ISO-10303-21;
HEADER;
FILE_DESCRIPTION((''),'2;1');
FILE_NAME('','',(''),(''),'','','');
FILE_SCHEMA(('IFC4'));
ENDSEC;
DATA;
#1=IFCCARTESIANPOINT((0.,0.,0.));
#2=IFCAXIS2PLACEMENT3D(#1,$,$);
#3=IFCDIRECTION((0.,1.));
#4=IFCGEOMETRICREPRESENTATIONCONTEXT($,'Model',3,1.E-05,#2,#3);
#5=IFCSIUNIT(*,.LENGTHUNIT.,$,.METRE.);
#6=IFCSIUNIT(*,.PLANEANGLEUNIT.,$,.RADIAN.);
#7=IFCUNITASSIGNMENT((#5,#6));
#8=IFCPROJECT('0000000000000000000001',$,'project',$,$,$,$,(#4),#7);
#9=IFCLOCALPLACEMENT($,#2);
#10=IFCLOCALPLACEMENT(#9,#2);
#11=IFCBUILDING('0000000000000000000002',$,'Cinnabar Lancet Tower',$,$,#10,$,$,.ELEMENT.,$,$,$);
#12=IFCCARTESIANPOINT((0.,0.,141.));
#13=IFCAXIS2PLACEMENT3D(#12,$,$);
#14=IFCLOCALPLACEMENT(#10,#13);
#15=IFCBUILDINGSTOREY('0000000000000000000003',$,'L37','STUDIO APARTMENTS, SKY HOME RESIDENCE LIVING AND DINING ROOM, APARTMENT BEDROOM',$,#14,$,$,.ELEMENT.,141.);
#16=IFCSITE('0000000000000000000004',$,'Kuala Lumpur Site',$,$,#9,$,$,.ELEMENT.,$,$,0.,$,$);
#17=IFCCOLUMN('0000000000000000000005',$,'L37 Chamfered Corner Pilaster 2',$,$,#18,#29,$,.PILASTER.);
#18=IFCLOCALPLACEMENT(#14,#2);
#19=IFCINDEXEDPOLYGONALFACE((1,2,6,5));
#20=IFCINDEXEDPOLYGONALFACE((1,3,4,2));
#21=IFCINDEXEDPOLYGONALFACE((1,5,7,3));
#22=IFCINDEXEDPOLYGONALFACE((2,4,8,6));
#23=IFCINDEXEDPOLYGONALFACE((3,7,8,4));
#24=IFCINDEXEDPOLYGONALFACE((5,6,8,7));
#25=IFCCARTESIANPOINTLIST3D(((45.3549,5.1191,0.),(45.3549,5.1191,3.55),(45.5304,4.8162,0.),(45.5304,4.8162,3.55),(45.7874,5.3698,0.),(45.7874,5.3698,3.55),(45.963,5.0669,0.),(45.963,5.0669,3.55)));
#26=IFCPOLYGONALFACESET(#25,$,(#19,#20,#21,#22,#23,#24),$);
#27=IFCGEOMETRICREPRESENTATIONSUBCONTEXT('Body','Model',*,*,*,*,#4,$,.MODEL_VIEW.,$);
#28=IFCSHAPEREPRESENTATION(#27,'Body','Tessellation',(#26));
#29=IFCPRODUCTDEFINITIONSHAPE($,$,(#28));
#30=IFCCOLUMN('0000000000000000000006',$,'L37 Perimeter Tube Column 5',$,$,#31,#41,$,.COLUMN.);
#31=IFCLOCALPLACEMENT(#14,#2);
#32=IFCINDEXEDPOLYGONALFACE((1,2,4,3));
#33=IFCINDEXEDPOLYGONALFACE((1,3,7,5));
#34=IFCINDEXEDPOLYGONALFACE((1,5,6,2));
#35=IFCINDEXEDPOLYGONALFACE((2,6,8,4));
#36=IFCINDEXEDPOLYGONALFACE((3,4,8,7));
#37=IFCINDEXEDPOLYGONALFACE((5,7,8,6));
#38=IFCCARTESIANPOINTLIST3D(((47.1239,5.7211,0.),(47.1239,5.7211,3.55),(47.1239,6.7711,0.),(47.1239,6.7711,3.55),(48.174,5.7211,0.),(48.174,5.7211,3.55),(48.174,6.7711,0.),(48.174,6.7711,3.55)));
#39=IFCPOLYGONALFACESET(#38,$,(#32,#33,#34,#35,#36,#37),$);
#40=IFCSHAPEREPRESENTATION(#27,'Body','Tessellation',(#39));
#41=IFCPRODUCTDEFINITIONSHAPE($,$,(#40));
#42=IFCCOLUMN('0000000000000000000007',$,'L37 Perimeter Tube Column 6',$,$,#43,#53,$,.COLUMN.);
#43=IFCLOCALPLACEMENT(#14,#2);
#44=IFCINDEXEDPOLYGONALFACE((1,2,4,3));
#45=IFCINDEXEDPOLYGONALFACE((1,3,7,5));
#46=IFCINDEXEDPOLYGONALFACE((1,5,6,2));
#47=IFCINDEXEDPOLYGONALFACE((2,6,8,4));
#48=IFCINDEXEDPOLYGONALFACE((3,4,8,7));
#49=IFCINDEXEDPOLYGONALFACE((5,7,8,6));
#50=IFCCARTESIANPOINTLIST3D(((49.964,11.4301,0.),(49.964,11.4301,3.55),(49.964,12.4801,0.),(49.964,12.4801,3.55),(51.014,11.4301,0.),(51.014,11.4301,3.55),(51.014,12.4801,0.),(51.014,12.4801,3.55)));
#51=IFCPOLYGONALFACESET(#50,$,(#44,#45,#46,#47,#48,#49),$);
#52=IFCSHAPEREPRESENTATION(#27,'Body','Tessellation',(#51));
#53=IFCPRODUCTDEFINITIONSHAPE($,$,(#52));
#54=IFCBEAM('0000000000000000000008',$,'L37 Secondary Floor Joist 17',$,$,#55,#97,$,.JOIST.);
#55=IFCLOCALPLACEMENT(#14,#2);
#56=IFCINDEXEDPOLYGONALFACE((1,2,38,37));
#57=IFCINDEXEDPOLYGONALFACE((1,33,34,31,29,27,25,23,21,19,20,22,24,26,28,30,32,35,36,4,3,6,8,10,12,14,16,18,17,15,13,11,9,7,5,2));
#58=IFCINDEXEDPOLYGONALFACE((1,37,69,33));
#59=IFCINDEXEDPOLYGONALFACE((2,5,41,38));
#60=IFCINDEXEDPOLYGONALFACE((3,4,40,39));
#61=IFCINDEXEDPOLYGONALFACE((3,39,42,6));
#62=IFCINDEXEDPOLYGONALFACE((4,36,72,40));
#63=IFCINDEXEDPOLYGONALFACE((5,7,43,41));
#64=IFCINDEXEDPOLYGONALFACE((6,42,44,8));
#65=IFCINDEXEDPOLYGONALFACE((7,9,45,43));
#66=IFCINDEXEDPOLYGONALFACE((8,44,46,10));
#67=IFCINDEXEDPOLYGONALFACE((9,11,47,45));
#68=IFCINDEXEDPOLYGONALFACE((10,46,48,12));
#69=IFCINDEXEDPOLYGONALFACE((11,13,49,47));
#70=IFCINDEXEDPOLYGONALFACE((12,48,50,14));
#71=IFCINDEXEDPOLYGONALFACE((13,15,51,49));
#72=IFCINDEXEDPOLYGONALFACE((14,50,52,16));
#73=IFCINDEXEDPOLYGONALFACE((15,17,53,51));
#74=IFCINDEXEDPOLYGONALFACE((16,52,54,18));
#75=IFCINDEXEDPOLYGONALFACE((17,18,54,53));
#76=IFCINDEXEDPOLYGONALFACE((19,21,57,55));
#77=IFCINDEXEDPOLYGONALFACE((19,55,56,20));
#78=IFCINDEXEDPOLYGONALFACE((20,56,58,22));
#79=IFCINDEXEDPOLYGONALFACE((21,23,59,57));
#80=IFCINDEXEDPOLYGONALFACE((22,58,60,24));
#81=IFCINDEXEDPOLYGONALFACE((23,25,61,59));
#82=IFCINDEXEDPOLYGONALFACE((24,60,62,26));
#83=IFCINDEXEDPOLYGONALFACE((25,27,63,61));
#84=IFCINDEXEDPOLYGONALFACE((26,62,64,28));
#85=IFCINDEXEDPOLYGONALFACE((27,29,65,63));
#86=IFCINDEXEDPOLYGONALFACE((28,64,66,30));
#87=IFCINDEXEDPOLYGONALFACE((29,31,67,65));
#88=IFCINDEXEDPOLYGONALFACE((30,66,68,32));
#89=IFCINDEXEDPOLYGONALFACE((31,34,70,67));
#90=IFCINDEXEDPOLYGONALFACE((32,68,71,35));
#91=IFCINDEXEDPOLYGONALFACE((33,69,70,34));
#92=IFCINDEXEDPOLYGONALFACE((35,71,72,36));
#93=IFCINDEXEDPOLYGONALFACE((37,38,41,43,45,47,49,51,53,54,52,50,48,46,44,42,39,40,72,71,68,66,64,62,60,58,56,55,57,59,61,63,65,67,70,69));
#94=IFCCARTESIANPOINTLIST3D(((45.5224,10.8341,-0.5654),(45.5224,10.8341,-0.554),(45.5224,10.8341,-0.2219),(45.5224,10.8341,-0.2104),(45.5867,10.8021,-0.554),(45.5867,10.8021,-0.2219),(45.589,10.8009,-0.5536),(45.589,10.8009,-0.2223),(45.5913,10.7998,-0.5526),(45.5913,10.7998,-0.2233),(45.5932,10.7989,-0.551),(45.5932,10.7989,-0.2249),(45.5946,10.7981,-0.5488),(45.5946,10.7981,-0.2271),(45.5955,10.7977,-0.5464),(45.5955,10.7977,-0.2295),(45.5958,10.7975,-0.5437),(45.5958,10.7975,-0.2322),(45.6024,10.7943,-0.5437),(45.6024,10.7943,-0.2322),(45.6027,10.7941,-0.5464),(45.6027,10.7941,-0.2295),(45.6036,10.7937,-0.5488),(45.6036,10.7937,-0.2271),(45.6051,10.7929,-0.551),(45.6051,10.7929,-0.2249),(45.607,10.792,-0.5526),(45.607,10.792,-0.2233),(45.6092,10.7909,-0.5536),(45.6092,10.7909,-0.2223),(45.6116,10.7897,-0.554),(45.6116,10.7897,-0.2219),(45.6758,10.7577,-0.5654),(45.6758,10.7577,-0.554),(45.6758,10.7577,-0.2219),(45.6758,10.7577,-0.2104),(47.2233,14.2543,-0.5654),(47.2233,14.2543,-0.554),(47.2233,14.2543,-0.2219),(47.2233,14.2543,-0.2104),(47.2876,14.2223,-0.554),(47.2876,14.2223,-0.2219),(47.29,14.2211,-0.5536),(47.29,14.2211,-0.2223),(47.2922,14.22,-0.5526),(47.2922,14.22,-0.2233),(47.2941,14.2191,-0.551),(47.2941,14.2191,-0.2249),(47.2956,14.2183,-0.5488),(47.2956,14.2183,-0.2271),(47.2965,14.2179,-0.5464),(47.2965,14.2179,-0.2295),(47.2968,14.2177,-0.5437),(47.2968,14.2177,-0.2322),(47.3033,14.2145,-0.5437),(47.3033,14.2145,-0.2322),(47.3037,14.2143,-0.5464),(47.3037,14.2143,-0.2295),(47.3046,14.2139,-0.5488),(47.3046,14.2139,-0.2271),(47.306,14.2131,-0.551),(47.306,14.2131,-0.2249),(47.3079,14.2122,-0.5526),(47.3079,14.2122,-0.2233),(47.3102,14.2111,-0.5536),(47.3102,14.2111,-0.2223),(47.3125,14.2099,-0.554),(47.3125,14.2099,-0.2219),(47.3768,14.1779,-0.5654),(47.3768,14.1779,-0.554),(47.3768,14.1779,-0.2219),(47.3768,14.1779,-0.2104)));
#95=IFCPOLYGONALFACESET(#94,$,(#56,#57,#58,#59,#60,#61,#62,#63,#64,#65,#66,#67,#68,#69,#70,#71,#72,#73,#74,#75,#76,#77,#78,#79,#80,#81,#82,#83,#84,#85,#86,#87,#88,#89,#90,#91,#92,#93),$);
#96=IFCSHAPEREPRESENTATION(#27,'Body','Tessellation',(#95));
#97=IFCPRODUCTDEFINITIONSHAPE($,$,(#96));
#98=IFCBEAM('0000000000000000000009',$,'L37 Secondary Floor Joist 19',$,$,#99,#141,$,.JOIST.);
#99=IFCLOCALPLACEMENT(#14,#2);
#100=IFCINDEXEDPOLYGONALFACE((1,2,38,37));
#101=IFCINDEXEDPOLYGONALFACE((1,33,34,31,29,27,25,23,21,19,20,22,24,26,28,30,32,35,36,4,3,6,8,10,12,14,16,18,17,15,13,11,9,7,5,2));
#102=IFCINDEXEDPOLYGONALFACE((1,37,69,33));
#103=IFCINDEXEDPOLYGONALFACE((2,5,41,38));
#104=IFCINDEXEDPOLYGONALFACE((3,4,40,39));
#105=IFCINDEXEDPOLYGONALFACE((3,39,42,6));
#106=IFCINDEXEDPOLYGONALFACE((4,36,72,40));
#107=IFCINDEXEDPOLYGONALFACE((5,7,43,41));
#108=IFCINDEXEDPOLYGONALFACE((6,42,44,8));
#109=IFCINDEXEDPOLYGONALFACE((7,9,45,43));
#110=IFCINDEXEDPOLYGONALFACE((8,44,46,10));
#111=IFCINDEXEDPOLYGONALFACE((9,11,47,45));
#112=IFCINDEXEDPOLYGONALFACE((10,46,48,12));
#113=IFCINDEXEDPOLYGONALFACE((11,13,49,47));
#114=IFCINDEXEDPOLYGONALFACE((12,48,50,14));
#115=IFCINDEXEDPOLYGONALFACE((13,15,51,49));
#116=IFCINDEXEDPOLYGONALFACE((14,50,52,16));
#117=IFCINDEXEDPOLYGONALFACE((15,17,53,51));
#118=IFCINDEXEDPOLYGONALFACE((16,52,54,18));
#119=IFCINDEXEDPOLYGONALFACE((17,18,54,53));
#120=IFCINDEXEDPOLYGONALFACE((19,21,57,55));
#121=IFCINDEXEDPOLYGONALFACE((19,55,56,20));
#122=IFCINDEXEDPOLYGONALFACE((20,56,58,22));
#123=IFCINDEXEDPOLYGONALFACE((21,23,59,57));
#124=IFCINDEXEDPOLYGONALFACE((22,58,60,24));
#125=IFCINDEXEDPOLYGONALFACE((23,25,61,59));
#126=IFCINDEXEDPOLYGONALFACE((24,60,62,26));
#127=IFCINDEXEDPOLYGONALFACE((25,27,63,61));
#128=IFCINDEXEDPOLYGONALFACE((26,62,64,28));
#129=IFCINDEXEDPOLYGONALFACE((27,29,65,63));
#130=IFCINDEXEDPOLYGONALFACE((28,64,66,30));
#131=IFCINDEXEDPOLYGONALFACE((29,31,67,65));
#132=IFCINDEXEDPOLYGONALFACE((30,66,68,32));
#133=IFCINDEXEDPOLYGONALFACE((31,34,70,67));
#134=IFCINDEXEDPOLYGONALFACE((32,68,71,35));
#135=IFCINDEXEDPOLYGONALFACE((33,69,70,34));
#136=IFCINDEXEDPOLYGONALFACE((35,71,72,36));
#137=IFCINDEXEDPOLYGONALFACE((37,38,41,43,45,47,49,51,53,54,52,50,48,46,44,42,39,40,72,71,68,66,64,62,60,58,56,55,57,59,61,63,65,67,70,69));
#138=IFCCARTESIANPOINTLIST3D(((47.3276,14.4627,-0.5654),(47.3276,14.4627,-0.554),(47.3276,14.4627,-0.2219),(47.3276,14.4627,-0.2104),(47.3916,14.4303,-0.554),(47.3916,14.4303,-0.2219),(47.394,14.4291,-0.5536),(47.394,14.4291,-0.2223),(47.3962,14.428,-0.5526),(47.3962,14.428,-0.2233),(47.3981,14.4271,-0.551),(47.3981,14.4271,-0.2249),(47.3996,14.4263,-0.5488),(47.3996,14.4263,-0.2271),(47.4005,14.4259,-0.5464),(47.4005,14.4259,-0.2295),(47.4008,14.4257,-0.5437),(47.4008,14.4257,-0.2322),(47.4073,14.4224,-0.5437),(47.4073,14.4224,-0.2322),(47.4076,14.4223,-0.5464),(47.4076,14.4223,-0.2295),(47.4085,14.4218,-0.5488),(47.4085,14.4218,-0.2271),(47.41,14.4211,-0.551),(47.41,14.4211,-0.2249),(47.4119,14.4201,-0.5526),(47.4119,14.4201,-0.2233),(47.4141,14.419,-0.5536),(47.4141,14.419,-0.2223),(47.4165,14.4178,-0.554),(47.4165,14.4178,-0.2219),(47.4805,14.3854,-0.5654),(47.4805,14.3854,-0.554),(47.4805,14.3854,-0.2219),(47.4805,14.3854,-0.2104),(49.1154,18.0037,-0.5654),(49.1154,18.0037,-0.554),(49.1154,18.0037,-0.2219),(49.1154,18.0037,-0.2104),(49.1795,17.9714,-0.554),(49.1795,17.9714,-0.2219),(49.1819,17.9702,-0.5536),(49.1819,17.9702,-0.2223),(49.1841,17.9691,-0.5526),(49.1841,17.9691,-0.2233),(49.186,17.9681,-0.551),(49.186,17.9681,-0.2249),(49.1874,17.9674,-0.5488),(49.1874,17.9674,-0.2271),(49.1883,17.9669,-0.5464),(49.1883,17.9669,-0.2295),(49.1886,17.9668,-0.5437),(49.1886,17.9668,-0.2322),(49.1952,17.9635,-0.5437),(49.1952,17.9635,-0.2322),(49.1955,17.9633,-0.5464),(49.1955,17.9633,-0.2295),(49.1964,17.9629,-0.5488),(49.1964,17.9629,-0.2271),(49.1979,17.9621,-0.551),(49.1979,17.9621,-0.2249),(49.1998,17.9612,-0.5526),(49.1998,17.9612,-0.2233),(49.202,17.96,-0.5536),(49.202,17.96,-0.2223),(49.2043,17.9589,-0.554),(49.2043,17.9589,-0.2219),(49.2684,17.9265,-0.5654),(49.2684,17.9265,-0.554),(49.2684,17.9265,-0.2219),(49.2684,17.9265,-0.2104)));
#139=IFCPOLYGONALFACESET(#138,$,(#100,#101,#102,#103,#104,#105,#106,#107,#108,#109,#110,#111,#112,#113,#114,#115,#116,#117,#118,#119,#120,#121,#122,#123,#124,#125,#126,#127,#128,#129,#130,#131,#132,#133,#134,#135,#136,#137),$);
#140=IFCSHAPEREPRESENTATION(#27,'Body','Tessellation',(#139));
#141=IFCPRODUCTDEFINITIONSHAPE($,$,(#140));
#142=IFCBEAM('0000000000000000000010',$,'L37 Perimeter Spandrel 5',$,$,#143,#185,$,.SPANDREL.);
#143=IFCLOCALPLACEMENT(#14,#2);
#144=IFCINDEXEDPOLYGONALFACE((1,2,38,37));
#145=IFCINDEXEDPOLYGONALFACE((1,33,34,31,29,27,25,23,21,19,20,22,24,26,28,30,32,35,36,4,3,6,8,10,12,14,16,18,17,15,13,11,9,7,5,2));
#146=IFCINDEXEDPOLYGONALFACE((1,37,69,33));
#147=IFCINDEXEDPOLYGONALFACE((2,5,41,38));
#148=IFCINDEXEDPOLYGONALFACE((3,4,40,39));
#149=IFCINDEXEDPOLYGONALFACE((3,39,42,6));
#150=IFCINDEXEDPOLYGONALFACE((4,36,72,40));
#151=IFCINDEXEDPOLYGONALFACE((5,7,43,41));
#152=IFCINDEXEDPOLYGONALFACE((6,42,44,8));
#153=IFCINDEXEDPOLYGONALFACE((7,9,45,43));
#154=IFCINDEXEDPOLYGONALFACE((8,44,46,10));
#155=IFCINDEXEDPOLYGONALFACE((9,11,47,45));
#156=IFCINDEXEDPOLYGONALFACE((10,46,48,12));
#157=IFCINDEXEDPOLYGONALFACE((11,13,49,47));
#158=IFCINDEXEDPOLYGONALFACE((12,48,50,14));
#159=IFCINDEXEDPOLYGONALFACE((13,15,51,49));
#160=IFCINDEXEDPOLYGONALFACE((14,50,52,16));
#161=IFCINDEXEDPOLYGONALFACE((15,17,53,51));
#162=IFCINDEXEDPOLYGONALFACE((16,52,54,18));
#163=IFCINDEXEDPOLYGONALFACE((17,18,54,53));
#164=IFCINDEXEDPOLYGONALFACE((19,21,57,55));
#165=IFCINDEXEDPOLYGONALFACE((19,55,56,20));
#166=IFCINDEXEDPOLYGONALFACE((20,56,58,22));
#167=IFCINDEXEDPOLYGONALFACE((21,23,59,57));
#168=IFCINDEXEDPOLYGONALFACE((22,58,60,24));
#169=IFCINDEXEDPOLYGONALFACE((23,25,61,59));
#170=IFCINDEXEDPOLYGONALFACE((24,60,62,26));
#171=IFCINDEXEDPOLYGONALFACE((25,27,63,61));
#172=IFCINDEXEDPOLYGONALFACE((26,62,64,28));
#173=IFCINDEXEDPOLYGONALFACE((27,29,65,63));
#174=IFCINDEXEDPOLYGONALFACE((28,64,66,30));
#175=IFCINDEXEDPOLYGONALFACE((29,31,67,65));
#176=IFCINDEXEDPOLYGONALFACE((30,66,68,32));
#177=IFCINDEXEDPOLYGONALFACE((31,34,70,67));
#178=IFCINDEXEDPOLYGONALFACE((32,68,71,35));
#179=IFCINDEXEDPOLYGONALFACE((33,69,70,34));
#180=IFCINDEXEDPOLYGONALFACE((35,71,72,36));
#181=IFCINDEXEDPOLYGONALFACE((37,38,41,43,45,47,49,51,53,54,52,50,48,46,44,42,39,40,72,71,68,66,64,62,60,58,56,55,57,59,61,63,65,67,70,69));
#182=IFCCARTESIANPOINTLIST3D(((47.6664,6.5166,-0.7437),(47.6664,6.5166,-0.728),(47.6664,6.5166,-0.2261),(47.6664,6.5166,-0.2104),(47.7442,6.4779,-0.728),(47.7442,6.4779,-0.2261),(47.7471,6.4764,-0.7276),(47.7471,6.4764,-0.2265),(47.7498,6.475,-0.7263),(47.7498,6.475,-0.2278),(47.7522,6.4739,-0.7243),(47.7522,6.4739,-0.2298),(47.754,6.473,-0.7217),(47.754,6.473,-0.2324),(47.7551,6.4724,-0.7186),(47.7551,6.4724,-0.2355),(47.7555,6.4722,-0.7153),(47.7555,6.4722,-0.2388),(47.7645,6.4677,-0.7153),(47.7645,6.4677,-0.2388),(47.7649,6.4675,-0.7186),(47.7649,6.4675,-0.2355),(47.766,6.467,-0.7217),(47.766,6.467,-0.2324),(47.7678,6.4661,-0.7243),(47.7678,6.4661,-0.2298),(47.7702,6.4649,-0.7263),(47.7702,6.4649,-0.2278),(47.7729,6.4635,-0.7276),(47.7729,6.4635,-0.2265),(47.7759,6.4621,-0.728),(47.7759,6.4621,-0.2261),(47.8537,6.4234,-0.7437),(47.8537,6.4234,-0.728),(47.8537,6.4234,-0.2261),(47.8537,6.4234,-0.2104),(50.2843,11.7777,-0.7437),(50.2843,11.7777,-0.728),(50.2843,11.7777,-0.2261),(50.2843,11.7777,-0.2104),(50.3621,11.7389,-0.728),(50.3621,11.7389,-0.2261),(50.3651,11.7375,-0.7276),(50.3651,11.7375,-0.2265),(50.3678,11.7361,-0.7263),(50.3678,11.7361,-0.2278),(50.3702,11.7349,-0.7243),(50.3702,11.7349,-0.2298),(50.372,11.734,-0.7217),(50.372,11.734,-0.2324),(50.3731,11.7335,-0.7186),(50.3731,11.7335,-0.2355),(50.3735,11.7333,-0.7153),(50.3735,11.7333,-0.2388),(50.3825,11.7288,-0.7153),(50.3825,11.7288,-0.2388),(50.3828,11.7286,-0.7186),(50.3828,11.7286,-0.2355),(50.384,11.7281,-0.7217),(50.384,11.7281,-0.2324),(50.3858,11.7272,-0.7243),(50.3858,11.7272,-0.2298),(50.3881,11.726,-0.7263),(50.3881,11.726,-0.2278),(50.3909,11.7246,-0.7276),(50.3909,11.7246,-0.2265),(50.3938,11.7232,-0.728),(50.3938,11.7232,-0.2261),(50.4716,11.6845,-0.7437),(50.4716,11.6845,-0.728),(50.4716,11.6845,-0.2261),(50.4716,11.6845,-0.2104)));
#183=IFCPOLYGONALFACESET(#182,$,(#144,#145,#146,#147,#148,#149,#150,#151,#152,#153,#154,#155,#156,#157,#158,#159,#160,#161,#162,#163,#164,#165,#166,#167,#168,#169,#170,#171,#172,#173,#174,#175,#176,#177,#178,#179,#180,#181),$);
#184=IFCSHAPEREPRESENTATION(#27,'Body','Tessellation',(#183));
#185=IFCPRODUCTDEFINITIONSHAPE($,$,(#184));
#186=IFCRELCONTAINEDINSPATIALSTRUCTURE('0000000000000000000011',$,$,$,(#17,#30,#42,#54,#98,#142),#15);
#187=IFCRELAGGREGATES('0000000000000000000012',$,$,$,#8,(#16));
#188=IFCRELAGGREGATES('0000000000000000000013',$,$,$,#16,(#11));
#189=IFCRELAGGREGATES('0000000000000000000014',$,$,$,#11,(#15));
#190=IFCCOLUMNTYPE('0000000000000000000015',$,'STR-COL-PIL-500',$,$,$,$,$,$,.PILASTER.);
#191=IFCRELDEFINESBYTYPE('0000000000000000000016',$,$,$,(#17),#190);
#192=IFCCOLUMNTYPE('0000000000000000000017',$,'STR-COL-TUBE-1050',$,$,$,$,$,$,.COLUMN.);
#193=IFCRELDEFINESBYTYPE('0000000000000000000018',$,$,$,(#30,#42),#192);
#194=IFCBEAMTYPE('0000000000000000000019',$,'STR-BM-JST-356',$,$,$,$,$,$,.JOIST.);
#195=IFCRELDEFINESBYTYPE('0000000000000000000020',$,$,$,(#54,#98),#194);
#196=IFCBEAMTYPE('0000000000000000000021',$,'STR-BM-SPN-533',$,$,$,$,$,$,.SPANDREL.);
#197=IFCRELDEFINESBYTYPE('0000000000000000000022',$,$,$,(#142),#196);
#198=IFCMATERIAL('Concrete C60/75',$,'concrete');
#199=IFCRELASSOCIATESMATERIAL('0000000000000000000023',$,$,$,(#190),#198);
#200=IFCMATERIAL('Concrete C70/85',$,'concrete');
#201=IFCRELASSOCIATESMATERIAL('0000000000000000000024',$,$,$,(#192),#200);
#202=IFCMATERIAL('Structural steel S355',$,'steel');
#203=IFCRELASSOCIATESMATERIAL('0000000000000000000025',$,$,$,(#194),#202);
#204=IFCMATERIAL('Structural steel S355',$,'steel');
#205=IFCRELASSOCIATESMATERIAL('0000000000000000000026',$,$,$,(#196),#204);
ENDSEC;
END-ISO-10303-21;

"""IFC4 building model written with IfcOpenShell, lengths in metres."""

from ifc_helpers import new_model, si_unit, direction, frame, origin, origin_2d, place, context, subcontext, project, spatial, rectangle, i_section, extrude, material, material_profile, profile_set, type_object, element, save


model = new_model("IFC4")

# Units and contexts
model_context = context("Model", 3, precision=1e-05, world=origin(), true_north=direction((0.0, 1.0)))
body_context = subcontext(model_context, "Body", "Model", "MODEL_VIEW")
ifc_project = project(units=[si_unit("LENGTHUNIT", "METRE"), si_unit("PLANEANGLEUNIT", "RADIAN")], contexts=[model_context])

# Site, building, storey
site_placement = place(None, origin())
site = spatial("IfcSite", under=ifc_project, at=site_placement, Name="Kuala Lumpur Site", CompositionType="ELEMENT", RefElevation=0.0)
building_placement = place(site_placement, origin())
building = spatial("IfcBuilding", under=site, at=building_placement, Name="Cinnabar Lancet Tower", CompositionType="ELEMENT")
storey_placement = place(building_placement, frame((0.0, 0.0, 141.0)))
storey = spatial("IfcBuildingStorey", under=building, at=storey_placement, Name="L37", Description="STUDIO APARTMENTS, SKY HOME RESIDENCE LIVING AND DINING ROOM, APARTMENT BEDROOM", CompositionType="ELEMENT", Elevation=141.0)

# Columns
ifc_material_1 = material(Name="Concrete C60/75", Category="concrete")
ifc_material_profile_1 = material_profile(ifc_material_1, rectangle(XDim=0.5, YDim=0.3501, at=origin_2d()), Name="RC-PIL 500x350")
ifc_profile_set_1 = profile_set([ifc_material_profile_1], Name="Concrete C60/75")
column_type_1 = type_object("IfcColumnType", Name="STR-COL-PIL-500", PredefinedType="PILASTER", material=ifc_profile_set_1)
column_placement = place(storey_placement, frame((45.6589, 5.093, 0.0), z_axis=(0.0, 0.0, 1.0), x_axis=(0.86516, 0.501496, 0.0)))
element("IfcColumn", 1, at=column_placement, inside=storey, type_object=column_type_1, Name="L37 Chamfered Corner Pilaster 2", PredefinedType="PILASTER", context=body_context, shape_type="SweptSolid", body=[
    extrude(rectangle(XDim=0.5, YDim=0.3501, at=origin_2d()), origin(), (0.0, 0.0, 1.0), 3.55),
])
ifc_material_2 = material(Name="Concrete C70/85", Category="concrete")
ifc_material_profile_2 = material_profile(ifc_material_2, rectangle(XDim=1.05, YDim=1.05, at=origin_2d()), Name="RC-COL 1050x1050")
ifc_profile_set_2 = profile_set([ifc_material_profile_2], Name="Concrete C70/85")
column_type_2 = type_object("IfcColumnType", Name="STR-COL-TUBE-1050", PredefinedType="COLUMN", material=ifc_profile_set_2)
for number, where, z_axis, x_axis, name in (
    (2, (47.6489, 6.2461, 0.0), (0.0, 0.0, 1.0), (1.0, 0.0, 0.0), "L37 Perimeter Tube Column 5"),
    (3, (50.489, 11.9551, 0.0), (0.0, 0.0, 1.0), (1.0, 0.0, 0.0), "L37 Perimeter Tube Column 6"),
):
    element("IfcColumn", number, at=place(storey_placement, frame(where, z_axis=z_axis, x_axis=x_axis)), inside=storey, type_object=column_type_2, Name=name, PredefinedType="COLUMN", context=body_context, shape_type="SweptSolid", body=[
        extrude(rectangle(XDim=1.05, YDim=1.05, at=origin_2d()), origin(), (0.0, 0.0, 1.0), 3.55),
    ])

# Beams
ifc_material_3 = material(Name="Structural steel S355", Category="steel")
ifc_material_profile_3 = material_profile(ifc_material_3, i_section(OverallWidth=0.1714, OverallDepth=0.355, WebThickness=0.0073, FlangeThickness=0.0115, FilletRadius=0.0103, at=origin_2d()), Name="UKB 356x171x51")
ifc_profile_set_3 = profile_set([ifc_material_profile_3], Name="Structural steel S355")
beam_type_1 = type_object("IfcBeamType", Name="STR-BM-JST-356", PredefinedType="JOIST", material=ifc_profile_set_3)
beam_1_placement = place(storey_placement, frame((45.5991, 10.7959, -0.3879), z_axis=(0.445295, 0.895384, 0.0), x_axis=(-0.895384, 0.445295, 0.0)))
element("IfcBeam", 4, at=beam_1_placement, inside=storey, type_object=beam_type_1, Name="L37 Secondary Floor Joist 17", PredefinedType="JOIST", context=body_context, shape_type="SweptSolid", body=[
    extrude(i_section(OverallWidth=0.1714, OverallDepth=0.355, WebThickness=0.0073, FlangeThickness=0.0115, FilletRadius=0.0103, at=origin_2d()), origin(), (0.0, 0.0, 1.0), 3.8198),
])
beam_2_placement = place(storey_placement, frame((47.4041, 14.4241, -0.3879), z_axis=(0.450706, 0.892672, 0.0), x_axis=(-0.892672, 0.450706, 0.0)))
element("IfcBeam", 5, at=beam_2_placement, inside=storey, type_object=beam_type_1, Name="L37 Secondary Floor Joist 19", PredefinedType="JOIST", context=body_context, shape_type="SweptSolid", body=[
    extrude(i_section(OverallWidth=0.1714, OverallDepth=0.355, WebThickness=0.0073, FlangeThickness=0.0115, FilletRadius=0.0103, at=origin_2d()), origin(), (0.0, 0.0, 1.0), 3.9668),
])
ifc_material_4 = material(Name="Structural steel S355", Category="steel")
ifc_material_profile_4 = material_profile(ifc_material_4, i_section(OverallWidth=0.2092, OverallDepth=0.5332, WebThickness=0.01, FlangeThickness=0.0156, FilletRadius=0.0127, at=origin_2d()), Name="UKB 533x210x92")
ifc_profile_set_4 = profile_set([ifc_material_profile_4], Name="Structural steel S355")
beam_type_2 = type_object("IfcBeamType", Name="STR-BM-SPN-533", PredefinedType="SPANDREL", material=ifc_profile_set_4)
beam_3_placement = place(storey_placement, frame((47.76, 6.47, -0.4771), z_axis=(0.445501, 0.895281, 0.0), x_axis=(-0.895281, 0.445501, 0.0)))
element("IfcBeam", 6, at=beam_3_placement, inside=storey, type_object=beam_type_2, Name="L37 Perimeter Spandrel 5", PredefinedType="SPANDREL", context=body_context, shape_type="SweptSolid", body=[
    extrude(i_section(OverallWidth=0.2092, OverallDepth=0.5332, WebThickness=0.01, FlangeThickness=0.0156, FilletRadius=0.0127, at=origin_2d()), origin(), (0.0, 0.0, 1.0), 5.8765),
])

save(model, "model.ifc")
